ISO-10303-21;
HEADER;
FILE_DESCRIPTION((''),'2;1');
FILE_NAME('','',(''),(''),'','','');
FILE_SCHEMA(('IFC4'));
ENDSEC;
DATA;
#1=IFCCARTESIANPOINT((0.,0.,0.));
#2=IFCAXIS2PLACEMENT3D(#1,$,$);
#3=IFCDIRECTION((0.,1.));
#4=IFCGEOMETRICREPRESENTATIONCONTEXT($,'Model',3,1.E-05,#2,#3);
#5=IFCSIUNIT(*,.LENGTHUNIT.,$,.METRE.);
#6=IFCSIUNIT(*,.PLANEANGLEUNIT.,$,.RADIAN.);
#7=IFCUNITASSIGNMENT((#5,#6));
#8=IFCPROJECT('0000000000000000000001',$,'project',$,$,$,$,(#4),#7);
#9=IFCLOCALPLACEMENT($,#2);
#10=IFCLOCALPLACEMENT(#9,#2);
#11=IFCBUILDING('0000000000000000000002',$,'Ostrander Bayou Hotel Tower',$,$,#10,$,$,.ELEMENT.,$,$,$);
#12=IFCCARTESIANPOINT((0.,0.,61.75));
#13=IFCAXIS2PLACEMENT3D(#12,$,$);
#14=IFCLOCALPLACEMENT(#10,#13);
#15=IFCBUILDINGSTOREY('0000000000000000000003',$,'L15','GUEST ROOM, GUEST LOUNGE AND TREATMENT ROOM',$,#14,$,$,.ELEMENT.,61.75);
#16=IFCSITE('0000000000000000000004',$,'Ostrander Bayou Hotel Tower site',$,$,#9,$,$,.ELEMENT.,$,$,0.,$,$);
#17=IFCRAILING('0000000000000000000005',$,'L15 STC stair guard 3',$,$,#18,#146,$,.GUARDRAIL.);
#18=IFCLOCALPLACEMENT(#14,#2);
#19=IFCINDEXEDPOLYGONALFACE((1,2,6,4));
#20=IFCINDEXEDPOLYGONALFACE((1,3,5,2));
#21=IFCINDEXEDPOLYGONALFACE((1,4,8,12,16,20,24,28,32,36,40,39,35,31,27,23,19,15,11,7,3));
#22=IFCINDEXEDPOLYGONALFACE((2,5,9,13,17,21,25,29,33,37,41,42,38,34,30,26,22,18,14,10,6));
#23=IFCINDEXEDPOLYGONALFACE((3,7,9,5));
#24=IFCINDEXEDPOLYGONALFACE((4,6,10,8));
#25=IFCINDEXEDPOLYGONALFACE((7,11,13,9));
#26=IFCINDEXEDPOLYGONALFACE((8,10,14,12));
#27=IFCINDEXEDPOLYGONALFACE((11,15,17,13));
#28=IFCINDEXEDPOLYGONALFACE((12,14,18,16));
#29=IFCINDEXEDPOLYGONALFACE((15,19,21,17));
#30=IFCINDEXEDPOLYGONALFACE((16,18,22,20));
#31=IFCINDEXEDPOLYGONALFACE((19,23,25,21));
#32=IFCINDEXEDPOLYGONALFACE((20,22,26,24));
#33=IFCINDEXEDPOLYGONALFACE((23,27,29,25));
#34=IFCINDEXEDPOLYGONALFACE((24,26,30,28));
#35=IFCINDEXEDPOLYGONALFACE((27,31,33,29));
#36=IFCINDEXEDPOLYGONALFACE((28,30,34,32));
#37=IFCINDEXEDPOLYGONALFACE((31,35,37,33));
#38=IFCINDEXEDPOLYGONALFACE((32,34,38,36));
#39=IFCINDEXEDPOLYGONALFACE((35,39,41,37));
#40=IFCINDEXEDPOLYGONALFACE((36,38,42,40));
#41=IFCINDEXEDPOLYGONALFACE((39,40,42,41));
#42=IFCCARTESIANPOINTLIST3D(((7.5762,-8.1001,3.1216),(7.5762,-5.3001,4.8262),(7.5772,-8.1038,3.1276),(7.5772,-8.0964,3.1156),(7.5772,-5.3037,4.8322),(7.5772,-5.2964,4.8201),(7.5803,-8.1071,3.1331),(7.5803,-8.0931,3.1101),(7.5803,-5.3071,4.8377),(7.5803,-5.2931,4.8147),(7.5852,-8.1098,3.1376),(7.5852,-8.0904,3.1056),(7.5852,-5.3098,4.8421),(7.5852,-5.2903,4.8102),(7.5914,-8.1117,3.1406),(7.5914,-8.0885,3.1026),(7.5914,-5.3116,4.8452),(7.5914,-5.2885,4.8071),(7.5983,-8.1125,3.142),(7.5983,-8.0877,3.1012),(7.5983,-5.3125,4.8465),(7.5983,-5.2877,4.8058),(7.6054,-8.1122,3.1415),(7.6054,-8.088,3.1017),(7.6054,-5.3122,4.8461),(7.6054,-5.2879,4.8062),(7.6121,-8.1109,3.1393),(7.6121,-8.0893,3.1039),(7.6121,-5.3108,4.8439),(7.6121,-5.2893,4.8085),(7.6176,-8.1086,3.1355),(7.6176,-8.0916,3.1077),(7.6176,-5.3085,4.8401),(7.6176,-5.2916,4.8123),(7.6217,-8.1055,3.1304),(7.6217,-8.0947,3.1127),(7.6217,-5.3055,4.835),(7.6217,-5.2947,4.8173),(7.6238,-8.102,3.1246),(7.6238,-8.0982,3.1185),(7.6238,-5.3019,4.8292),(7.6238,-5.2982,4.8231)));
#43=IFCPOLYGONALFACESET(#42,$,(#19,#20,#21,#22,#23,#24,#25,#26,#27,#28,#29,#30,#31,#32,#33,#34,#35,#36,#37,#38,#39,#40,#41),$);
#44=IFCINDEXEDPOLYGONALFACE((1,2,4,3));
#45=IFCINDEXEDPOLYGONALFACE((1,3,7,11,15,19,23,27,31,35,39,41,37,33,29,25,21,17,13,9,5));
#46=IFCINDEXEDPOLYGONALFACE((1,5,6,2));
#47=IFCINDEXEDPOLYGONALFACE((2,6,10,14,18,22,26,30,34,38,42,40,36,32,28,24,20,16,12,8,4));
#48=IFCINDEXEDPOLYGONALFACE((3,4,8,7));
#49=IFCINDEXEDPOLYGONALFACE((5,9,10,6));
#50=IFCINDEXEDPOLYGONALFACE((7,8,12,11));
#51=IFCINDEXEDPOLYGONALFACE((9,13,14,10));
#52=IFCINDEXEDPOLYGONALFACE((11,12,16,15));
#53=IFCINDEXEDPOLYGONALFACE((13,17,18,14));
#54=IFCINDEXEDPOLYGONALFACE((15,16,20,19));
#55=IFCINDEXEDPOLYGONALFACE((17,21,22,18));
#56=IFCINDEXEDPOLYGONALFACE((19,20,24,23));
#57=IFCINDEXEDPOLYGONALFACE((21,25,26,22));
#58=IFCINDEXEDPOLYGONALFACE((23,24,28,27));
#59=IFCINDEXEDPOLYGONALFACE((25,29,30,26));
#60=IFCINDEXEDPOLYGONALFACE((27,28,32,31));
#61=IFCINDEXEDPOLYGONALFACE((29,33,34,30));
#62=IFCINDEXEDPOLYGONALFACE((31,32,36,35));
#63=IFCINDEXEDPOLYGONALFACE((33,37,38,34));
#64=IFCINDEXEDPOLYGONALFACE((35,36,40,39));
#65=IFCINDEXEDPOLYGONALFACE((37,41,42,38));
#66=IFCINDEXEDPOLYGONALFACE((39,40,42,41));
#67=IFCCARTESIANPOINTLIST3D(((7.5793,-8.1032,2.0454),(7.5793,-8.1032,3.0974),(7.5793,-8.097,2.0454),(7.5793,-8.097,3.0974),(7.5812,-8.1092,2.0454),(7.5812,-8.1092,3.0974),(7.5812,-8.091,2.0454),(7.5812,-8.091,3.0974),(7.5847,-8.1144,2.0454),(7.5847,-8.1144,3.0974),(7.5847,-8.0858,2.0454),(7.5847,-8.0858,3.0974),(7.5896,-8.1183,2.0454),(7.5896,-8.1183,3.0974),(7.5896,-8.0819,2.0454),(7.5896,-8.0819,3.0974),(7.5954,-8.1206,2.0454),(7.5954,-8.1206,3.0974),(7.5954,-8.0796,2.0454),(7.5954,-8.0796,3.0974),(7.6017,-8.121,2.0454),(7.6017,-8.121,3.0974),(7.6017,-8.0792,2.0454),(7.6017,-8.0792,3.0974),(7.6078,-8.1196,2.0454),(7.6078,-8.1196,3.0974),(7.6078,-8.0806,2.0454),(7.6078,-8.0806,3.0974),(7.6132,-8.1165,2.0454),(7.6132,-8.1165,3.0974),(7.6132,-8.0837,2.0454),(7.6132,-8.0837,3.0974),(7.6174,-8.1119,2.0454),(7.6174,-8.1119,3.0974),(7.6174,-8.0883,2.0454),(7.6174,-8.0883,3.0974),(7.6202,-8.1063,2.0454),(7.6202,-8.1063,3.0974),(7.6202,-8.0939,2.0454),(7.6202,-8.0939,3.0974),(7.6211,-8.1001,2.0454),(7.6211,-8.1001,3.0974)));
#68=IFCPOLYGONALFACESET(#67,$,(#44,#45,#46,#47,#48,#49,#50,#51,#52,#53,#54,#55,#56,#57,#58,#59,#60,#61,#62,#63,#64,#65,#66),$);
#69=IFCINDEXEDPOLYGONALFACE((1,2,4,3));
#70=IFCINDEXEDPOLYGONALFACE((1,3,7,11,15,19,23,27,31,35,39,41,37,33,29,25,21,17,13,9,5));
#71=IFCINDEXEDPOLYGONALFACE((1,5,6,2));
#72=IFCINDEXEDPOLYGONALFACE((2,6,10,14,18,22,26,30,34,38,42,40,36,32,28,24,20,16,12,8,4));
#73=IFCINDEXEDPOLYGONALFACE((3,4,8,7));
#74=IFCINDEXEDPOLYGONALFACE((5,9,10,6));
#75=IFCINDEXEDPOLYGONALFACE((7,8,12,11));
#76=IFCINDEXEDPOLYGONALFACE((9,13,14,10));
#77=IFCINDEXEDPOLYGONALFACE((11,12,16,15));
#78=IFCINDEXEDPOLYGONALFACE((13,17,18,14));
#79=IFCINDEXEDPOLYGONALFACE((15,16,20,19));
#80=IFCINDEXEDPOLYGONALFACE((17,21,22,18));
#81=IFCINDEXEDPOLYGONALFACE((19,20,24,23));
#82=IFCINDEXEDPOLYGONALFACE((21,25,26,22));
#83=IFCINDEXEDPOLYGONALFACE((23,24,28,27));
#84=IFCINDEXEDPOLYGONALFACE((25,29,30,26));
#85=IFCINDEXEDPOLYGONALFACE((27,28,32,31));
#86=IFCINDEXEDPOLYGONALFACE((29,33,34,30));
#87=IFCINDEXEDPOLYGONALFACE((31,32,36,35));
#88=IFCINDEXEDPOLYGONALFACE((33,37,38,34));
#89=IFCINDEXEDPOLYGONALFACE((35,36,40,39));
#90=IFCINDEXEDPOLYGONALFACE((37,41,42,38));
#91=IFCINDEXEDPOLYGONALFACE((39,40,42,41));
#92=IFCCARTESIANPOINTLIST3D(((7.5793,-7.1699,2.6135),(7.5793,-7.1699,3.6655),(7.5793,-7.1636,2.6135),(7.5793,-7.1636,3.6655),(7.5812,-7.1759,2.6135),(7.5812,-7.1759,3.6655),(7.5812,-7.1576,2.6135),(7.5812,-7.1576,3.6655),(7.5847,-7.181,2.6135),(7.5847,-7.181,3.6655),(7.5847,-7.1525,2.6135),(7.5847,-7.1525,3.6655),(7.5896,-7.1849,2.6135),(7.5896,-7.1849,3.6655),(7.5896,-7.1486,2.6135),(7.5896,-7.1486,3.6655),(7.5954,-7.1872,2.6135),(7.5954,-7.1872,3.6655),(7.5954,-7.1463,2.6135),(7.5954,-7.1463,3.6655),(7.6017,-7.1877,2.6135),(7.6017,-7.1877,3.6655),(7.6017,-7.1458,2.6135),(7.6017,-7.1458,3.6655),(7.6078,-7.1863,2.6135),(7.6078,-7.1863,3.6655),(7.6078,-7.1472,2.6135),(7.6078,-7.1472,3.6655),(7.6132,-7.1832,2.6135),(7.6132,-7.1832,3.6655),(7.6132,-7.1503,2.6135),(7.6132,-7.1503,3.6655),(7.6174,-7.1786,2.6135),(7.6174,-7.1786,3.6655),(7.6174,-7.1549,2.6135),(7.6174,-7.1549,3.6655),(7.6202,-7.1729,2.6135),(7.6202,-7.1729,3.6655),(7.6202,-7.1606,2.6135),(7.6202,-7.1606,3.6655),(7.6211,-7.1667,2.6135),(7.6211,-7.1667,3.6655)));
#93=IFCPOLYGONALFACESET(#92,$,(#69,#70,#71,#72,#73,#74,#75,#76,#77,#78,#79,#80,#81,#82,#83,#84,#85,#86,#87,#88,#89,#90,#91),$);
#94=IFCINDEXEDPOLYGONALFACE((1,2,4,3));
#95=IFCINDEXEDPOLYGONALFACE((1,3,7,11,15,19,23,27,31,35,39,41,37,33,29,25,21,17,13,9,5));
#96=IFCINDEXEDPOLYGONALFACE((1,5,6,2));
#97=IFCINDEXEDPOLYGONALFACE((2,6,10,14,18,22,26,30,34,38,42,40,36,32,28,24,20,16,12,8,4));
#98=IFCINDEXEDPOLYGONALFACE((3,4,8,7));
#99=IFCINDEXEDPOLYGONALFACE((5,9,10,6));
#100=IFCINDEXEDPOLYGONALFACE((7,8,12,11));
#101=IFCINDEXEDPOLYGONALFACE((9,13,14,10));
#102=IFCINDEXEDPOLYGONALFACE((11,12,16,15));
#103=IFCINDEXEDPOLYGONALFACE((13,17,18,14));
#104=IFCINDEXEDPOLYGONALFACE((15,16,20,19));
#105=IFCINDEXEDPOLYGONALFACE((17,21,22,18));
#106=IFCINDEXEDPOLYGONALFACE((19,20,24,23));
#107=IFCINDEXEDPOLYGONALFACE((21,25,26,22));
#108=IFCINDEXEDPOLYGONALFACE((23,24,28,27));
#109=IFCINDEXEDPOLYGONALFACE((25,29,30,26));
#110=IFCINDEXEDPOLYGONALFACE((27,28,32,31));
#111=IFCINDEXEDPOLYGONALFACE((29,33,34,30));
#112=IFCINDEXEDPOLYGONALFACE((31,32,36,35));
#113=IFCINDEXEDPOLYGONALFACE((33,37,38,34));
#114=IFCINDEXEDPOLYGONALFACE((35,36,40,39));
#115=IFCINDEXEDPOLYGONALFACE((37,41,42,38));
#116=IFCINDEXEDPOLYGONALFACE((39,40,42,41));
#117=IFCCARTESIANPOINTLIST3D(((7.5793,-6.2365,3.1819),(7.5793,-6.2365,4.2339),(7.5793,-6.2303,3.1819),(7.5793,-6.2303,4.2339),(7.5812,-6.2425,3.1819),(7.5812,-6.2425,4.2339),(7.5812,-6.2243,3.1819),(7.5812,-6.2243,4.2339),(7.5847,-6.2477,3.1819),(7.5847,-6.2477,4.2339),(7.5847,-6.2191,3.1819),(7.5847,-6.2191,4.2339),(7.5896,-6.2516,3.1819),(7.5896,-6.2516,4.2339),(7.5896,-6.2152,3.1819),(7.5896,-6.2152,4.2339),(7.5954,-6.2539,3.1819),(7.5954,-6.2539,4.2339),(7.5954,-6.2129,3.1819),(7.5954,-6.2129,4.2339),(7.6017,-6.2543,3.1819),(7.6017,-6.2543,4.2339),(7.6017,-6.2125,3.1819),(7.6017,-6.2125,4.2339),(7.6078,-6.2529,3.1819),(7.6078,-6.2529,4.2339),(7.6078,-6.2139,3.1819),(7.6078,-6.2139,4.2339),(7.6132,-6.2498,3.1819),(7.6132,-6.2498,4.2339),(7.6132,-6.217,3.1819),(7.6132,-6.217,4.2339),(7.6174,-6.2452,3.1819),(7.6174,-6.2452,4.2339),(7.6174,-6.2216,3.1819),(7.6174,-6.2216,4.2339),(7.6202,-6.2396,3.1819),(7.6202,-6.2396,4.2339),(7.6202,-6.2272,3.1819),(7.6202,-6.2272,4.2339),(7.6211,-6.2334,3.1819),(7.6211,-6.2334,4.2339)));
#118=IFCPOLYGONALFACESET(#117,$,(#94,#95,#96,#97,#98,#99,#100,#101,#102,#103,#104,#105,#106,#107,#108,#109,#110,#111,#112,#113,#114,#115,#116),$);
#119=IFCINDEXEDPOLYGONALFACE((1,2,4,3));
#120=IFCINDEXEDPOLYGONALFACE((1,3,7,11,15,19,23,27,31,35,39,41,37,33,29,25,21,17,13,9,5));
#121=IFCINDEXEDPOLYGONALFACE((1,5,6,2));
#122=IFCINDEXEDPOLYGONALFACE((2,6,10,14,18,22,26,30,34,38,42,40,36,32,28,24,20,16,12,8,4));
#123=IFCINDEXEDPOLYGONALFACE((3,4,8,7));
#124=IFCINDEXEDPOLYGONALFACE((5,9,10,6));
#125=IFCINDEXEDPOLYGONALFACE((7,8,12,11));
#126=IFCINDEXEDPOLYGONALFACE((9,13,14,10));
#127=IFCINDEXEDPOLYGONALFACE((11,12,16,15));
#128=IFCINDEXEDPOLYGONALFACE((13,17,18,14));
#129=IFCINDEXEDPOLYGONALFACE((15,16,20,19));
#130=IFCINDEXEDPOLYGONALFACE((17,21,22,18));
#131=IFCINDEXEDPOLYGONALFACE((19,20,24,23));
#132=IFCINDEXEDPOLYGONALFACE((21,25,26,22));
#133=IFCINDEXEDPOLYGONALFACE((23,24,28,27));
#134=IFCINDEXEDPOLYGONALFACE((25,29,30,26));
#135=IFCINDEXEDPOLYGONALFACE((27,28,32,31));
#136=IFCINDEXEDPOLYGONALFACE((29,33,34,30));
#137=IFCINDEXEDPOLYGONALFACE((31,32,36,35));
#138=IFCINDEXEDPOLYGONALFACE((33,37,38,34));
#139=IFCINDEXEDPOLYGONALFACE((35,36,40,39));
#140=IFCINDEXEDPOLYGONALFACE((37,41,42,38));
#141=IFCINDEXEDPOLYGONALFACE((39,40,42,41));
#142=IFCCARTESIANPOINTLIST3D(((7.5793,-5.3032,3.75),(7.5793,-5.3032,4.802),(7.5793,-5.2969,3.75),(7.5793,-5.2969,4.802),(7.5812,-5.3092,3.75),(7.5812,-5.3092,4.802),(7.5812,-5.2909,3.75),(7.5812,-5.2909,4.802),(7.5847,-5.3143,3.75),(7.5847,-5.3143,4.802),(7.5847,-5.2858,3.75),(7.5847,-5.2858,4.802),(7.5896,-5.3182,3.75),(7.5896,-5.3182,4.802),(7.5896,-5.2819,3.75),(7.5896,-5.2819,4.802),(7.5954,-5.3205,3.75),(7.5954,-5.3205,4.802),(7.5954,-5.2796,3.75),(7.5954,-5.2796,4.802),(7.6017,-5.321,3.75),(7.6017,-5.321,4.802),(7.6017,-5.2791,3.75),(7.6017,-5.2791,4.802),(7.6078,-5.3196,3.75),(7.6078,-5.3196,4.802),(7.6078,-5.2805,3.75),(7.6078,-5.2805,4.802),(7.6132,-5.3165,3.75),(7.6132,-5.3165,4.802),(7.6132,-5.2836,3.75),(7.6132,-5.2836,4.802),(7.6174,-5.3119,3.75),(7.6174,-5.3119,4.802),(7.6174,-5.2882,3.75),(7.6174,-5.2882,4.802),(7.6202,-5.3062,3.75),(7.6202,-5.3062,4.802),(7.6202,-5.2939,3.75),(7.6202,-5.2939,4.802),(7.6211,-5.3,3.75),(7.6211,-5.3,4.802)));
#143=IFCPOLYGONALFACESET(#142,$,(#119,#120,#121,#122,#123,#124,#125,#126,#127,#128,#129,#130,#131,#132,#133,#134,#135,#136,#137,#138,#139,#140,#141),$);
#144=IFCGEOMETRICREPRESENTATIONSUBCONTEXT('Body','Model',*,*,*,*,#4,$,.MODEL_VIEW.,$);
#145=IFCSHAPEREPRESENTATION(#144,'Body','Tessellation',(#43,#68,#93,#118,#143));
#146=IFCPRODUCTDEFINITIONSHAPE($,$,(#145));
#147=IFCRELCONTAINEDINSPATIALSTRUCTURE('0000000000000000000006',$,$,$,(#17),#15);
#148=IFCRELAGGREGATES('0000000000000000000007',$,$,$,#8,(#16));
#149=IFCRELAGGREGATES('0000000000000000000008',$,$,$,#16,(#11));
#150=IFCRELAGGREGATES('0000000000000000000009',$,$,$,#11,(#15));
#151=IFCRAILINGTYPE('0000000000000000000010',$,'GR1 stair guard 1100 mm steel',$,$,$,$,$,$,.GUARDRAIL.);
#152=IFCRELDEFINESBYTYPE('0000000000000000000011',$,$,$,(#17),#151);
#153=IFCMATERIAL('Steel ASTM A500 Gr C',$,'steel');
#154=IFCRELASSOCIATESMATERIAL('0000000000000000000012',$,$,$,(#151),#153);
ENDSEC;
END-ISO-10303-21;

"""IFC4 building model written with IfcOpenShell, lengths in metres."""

from ifc_helpers import new_model, si_unit, direction, frame, origin, origin_2d, place, context, subcontext, project, spatial, circle, extrude, material, type_object, element, save


model = new_model("IFC4")

# Units and contexts
model_context = context("Model", 3, precision=1e-05, world=origin(), true_north=direction((0.0, 1.0)))
body_context = subcontext(model_context, "Body", "Model", "MODEL_VIEW")
ifc_project = project(units=[si_unit("LENGTHUNIT", "METRE"), si_unit("PLANEANGLEUNIT", "RADIAN")], contexts=[model_context])

# Site, building, storey
site_placement = place(None, origin())
site = spatial("IfcSite", under=ifc_project, at=site_placement, Name="Ostrander Bayou Hotel Tower site", CompositionType="ELEMENT", RefElevation=0.0)
building_placement = place(site_placement, origin())
building = spatial("IfcBuilding", under=site, at=building_placement, Name="Ostrander Bayou Hotel Tower", CompositionType="ELEMENT")
storey_placement = place(building_placement, frame((0.0, 0.0, 61.75)))
storey = spatial("IfcBuildingStorey", under=building, at=storey_placement, Name="L15", Description="GUEST ROOM, GUEST LOUNGE AND TREATMENT ROOM", CompositionType="ELEMENT", Elevation=61.75)

# Railing
ifc_material_1 = material(Name="Steel ASTM A500 Gr C", Category="steel")
railing_type_1 = type_object("IfcRailingType", Name="GR1 stair guard 1100 mm steel", PredefinedType="GUARDRAIL", material=ifc_material_1)
railing_1_placement = place(storey_placement, frame((7.6001, -8.1001, 2.0454)))
element("IfcRailing", 1, at=railing_1_placement, inside=storey, type_object=railing_type_1, Name="L15 STC stair guard 3", PredefinedType="GUARDRAIL", context=body_context, shape_type="SweptSolid", body=[
    extrude(circle(Radius=0.0239, at=origin_2d()), frame((0.0, 0.0, 1.0762), z_axis=(0.0, 0.85417, 0.519994), x_axis=(-1.0, 0.0, 0.0)), (0.0, 0.0, 1.0), 3.2781),
    extrude(circle(Radius=0.021, at=origin_2d()), origin(), (0.0, 0.0, 1.0), 1.052),
    extrude(circle(Radius=0.021, at=origin_2d()), frame((0.0, 0.9333, 0.5681)), (0.0, 0.0, 1.0), 1.052),
    extrude(circle(Radius=0.021, at=origin_2d()), frame((0.0, 1.8667, 1.1365)), (0.0, 0.0, 1.0), 1.052),
    extrude(circle(Radius=0.021, at=origin_2d()), frame((0.0, 2.8, 1.7046)), (0.0, 0.0, 1.0), 1.052),
])

save(model, "model.ifc")
